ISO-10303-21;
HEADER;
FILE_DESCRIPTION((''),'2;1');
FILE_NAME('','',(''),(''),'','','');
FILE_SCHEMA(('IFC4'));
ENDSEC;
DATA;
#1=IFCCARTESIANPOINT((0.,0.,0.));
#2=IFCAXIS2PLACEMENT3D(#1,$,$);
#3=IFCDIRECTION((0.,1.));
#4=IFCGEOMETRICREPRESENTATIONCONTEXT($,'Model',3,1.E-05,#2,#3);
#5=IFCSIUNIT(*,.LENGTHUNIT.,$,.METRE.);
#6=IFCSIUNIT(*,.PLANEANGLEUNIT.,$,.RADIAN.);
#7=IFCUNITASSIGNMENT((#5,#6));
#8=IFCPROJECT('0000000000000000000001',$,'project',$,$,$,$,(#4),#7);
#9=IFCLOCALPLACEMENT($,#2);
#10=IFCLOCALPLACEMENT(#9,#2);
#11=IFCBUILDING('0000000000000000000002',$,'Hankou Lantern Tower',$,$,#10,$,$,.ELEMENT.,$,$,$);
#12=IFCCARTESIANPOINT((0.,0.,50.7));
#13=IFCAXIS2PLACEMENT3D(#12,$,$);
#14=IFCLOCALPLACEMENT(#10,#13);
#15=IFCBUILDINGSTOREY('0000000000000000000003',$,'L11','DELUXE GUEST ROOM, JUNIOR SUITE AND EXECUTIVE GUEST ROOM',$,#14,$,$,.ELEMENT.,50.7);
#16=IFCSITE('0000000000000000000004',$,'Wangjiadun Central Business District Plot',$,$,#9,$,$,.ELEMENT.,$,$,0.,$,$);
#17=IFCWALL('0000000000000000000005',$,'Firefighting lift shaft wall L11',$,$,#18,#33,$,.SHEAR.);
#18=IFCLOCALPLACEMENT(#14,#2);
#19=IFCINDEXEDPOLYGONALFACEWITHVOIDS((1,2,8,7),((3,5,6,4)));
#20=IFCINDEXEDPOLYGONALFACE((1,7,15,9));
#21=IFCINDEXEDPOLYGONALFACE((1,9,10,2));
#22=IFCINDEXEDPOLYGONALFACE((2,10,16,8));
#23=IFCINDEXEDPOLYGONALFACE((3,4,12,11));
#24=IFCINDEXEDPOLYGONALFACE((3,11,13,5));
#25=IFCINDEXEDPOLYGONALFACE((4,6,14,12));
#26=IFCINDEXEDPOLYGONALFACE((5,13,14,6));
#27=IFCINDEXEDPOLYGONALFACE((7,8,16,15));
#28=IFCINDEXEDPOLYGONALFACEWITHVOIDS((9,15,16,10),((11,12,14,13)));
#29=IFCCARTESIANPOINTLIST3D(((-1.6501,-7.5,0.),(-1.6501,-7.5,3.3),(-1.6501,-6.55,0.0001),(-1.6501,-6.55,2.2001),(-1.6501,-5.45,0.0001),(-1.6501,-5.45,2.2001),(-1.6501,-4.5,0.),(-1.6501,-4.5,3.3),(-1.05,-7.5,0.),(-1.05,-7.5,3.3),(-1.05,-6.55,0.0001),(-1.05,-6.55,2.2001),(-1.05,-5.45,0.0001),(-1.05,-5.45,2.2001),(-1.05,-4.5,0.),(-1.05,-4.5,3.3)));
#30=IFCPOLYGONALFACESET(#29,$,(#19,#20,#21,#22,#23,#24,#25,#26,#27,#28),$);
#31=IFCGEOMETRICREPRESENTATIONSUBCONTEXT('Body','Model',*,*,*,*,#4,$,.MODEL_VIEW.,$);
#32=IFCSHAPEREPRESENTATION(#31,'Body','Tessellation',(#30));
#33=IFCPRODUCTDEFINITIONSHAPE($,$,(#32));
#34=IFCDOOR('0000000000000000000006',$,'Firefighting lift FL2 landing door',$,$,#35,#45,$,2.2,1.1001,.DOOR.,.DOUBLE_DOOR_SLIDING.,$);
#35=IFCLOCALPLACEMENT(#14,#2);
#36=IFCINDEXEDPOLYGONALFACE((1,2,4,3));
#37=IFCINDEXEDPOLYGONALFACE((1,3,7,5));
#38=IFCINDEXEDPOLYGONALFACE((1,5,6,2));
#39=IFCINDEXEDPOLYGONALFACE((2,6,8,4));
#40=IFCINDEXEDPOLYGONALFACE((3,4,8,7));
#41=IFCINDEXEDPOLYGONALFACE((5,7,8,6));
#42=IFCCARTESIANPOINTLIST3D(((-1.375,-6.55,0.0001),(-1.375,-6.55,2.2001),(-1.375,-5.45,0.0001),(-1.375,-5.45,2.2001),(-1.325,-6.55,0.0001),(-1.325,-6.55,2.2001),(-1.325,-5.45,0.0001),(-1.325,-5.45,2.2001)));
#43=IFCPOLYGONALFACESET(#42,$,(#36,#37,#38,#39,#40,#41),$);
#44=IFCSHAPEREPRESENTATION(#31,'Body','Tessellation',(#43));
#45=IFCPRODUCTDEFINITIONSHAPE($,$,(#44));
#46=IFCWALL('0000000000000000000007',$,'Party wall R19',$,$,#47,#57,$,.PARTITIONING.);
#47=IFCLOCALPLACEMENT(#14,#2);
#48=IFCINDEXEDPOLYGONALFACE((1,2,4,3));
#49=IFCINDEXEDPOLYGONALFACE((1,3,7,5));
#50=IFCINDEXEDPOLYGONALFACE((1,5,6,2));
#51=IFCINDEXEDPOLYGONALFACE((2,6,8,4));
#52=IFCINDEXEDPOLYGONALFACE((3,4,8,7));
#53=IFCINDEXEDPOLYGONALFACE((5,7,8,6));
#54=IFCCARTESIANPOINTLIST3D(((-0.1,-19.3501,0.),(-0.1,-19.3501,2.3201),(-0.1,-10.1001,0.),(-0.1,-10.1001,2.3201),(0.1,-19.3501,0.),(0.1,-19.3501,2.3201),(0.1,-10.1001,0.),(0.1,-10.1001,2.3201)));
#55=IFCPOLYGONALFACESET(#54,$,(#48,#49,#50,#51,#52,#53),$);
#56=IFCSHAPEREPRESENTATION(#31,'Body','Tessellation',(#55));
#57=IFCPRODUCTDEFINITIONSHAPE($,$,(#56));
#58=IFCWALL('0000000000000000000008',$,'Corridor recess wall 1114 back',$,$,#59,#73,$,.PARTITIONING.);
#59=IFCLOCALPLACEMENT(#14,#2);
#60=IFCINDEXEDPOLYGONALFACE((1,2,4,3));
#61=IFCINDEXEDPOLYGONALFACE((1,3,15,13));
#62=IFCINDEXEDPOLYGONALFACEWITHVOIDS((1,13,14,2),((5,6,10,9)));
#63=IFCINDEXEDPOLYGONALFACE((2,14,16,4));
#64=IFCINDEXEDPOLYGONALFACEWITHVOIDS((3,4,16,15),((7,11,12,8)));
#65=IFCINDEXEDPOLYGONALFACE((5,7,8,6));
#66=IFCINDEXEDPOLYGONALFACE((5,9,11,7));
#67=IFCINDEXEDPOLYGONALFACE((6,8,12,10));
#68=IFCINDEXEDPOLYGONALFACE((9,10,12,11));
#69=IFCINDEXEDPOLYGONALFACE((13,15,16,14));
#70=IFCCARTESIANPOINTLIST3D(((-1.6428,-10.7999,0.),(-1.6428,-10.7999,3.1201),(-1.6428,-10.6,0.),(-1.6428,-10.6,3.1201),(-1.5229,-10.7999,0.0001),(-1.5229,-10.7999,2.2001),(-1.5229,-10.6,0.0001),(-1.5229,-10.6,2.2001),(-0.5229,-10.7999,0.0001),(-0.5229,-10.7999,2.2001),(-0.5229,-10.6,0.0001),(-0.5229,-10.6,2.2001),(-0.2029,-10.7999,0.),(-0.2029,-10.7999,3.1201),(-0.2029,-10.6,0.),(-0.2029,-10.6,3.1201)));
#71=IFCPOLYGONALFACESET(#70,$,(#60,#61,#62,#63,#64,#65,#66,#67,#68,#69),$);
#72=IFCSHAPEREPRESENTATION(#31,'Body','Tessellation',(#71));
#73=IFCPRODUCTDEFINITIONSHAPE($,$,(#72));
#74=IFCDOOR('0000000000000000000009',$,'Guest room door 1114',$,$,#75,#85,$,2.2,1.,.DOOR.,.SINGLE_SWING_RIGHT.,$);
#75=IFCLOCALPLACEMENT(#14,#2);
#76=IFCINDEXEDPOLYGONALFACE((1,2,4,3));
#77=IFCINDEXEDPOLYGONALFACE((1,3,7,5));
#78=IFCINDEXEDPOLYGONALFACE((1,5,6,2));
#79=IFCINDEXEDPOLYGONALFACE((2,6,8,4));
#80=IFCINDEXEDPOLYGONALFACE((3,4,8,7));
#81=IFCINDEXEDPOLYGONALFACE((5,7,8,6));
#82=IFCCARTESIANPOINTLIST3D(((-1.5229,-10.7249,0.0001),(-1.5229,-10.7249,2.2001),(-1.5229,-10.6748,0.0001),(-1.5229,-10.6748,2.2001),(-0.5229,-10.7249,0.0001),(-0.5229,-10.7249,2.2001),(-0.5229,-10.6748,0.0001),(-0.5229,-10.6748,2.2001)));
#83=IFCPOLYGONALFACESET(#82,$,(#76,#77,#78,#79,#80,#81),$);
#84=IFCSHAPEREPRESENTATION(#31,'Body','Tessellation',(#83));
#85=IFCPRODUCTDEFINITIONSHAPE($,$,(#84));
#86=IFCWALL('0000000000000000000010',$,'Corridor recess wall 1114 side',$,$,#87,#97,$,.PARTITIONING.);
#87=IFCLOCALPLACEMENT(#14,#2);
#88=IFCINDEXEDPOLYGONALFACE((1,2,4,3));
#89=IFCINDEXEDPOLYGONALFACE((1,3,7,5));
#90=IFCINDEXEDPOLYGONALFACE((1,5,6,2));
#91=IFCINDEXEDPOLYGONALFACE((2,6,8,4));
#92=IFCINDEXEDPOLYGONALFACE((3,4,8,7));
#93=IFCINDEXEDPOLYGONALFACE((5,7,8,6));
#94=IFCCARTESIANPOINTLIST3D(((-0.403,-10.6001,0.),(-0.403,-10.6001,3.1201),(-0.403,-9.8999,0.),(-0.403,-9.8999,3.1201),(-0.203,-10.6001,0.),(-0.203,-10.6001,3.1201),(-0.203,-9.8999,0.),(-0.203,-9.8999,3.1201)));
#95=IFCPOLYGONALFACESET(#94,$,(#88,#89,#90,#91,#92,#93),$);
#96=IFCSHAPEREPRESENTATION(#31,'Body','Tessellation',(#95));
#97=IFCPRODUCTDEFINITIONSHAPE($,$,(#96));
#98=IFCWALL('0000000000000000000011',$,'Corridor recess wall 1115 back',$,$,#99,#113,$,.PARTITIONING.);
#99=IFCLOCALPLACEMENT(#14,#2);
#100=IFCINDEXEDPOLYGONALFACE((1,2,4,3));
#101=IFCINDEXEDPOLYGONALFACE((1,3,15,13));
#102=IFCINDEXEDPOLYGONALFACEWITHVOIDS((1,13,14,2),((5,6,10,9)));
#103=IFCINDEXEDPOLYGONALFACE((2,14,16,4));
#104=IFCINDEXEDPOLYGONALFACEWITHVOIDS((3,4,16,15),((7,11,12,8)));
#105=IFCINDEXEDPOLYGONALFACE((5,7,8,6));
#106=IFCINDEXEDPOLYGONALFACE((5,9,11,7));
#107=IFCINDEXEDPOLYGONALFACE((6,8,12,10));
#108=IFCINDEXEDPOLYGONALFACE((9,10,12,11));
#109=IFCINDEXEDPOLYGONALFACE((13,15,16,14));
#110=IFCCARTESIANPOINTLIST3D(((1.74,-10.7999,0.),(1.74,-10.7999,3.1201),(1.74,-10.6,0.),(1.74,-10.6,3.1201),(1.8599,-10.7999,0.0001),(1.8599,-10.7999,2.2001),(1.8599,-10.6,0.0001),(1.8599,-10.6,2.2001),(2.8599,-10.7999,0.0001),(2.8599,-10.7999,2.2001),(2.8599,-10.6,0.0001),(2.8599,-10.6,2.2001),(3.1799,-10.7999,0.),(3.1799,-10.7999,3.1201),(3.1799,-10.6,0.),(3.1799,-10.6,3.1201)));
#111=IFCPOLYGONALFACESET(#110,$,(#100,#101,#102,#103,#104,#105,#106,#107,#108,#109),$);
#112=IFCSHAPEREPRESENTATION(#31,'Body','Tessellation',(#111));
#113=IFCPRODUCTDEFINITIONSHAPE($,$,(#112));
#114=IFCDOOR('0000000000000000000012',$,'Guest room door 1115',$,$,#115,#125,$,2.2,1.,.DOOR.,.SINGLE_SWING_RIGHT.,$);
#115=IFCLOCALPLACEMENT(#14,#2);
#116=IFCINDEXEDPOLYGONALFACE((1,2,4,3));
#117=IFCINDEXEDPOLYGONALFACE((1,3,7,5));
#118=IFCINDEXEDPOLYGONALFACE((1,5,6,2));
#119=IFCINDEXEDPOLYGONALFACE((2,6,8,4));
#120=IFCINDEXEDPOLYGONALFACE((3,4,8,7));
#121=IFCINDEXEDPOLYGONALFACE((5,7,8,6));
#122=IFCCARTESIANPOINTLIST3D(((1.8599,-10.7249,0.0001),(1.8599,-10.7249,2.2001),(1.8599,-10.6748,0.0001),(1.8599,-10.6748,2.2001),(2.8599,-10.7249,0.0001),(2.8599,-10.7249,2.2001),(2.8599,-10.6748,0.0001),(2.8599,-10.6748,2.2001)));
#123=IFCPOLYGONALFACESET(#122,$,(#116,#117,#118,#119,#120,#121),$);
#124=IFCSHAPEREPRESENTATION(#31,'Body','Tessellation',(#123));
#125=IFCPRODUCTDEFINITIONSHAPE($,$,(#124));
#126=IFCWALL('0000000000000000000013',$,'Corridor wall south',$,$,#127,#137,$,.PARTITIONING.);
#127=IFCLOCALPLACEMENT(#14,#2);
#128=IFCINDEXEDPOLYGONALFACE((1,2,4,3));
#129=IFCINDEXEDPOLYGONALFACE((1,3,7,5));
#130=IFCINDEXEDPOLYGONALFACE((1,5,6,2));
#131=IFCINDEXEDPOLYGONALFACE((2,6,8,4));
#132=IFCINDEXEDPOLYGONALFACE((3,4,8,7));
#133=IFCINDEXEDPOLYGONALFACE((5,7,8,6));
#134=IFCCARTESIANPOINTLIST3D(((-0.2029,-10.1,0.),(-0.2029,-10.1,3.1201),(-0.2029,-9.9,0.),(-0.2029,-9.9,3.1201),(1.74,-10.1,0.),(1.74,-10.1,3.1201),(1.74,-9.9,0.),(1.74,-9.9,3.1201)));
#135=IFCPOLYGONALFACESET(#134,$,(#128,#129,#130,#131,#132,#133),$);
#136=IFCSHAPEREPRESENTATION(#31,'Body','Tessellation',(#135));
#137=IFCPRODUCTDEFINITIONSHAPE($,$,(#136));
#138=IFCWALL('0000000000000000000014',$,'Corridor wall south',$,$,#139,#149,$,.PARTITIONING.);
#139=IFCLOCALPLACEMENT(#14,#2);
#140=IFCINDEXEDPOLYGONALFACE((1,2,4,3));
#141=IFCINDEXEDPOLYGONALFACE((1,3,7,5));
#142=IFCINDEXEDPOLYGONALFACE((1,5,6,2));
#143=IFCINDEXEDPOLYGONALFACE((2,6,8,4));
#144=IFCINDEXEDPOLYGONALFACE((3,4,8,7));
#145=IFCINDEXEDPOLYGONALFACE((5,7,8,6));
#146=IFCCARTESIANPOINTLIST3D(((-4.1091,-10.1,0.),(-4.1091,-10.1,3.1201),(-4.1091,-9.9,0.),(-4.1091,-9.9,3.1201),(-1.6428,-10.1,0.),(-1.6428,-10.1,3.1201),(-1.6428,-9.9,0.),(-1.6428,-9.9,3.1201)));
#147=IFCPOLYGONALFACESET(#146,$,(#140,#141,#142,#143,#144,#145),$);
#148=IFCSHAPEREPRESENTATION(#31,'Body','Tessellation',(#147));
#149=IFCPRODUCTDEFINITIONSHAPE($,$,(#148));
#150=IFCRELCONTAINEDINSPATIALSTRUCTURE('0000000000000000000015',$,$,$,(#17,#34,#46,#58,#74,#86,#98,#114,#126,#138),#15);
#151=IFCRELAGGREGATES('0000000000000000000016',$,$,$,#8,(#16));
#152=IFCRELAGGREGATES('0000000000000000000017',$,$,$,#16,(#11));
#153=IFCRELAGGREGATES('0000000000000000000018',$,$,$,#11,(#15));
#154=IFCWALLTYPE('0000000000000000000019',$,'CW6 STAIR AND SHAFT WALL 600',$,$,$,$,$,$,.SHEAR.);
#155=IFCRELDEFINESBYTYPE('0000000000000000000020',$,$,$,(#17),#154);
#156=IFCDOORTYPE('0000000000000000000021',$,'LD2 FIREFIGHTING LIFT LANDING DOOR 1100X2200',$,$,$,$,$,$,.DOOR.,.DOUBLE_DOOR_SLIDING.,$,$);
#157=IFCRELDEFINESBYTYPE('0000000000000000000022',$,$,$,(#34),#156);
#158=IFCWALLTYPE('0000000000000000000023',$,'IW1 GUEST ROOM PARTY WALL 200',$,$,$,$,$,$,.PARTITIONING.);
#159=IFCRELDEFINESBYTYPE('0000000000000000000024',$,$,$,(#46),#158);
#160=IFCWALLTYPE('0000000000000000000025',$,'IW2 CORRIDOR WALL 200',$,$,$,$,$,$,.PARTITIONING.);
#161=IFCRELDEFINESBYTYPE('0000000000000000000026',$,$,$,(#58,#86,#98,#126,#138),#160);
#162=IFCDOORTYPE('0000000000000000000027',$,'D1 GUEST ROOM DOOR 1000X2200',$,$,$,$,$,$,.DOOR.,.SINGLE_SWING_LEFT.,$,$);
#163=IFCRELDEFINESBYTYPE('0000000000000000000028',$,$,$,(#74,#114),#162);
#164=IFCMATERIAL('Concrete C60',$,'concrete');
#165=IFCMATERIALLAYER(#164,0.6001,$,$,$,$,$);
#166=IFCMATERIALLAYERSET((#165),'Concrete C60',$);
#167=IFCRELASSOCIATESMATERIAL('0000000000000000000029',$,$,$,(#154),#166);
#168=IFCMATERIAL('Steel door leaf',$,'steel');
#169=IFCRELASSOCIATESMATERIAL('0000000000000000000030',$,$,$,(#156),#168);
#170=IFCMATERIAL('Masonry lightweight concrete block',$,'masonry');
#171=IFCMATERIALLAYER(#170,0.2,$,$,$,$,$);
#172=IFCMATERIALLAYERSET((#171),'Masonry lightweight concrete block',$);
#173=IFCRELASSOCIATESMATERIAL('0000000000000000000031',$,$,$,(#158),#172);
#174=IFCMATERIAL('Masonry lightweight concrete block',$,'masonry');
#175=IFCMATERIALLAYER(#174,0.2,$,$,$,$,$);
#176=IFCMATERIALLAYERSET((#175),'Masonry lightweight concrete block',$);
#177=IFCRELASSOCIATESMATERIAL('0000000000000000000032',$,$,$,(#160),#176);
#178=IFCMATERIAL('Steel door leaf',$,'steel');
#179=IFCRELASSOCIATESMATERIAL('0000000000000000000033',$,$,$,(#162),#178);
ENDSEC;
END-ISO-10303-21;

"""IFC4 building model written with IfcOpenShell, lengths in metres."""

from ifc_helpers import new_model, si_unit, direction, frame, frame_2d, origin, place, context, subcontext, project, spatial, rectangle, extrude, material, layer, layer_set, type_object, element, fill, save


model = new_model("IFC4")

# Units and contexts
model_context = context("Model", 3, precision=1e-05, world=origin(), true_north=direction((0.0, 1.0)))
body_context = subcontext(model_context, "Body", "Model", "MODEL_VIEW")
ifc_project = project(units=[si_unit("LENGTHUNIT", "METRE"), si_unit("PLANEANGLEUNIT", "RADIAN")], contexts=[model_context])

# Site, building, storey
site_placement = place(None, origin())
site = spatial("IfcSite", under=ifc_project, at=site_placement, Name="Wangjiadun Central Business District Plot", CompositionType="ELEMENT", RefElevation=0.0)
building_placement = place(site_placement, origin())
building = spatial("IfcBuilding", under=site, at=building_placement, Name="Hankou Lantern Tower", CompositionType="ELEMENT")
storey_placement = place(building_placement, frame((0.0, 0.0, 50.7)))
storey = spatial("IfcBuildingStorey", under=building, at=storey_placement, Name="L11", Description="DELUXE GUEST ROOM, JUNIOR SUITE AND EXECUTIVE GUEST ROOM", CompositionType="ELEMENT", Elevation=50.7)

# Wall, opening, door
ifc_material_1 = material(Name="Concrete C60", Category="concrete")
ifc_layer_1 = layer(ifc_material_1, 0.6001)
ifc_layer_set_1 = layer_set([ifc_layer_1], Name="Concrete C60")
wall_type_1 = type_object("IfcWallType", Name="CW6 STAIR AND SHAFT WALL 600", PredefinedType="SHEAR", material=ifc_layer_set_1)
wall_1_placement = place(storey_placement, frame((-1.3501, -7.5, 0.0), z_axis=(0.0, 0.0, 1.0), x_axis=(0.0, 1.0, 0.0)))
wall_1 = element("IfcWall", 1, at=wall_1_placement, inside=storey, type_object=wall_type_1, Name="Firefighting lift shaft wall L11", PredefinedType="SHEAR", context=body_context, shape_type="SweptSolid", body=[
    extrude(rectangle(XDim=3.0, YDim=0.6001, at=frame_2d((1.5, 0.0))), origin(), (0.0, 0.0, 1.0), 3.3),
])
opening_1_placement = place(wall_1_placement, frame((0.95, 0.0, 0.0)))
opening_1 = element("IfcOpeningElement", 2, at=opening_1_placement, cuts=wall_1, PredefinedType="OPENING", context=body_context, shape_type="SweptSolid", body=[
    extrude(rectangle(XDim=1.1001, YDim=2.2, at=frame_2d((0.55, 1.1001))), frame((0.0, 0.3101, 0.0), z_axis=(0.0, -1.0, 0.0), x_axis=(1.0, 0.0, 0.0)), (0.0, 0.0, 1.0), 0.6201),
])
ifc_material_2 = material(Name="Steel door leaf", Category="steel")
door_type_1 = type_object("IfcDoorType", Name="LD2 FIREFIGHTING LIFT LANDING DOOR 1100X2200", OperationType="DOUBLE_DOOR_SLIDING", PredefinedType="DOOR", material=ifc_material_2)
door_1_placement = place(opening_1_placement, origin())
door_1 = element("IfcDoor", 3, at=door_1_placement, inside=storey, type_object=door_type_1, Name="Firefighting lift FL2 landing door", OperationType="DOUBLE_DOOR_SLIDING", OverallHeight=2.2, OverallWidth=1.1001, PredefinedType="DOOR", context=body_context, shape_type="SweptSolid", body=[
    extrude(rectangle(XDim=1.1001, YDim=2.2, at=frame_2d((0.55, 1.1001))), frame((0.0, 0.0249, 0.0), z_axis=(0.0, -1.0, 0.0), x_axis=(1.0, 0.0, 0.0)), (0.0, 0.0, 1.0), 0.05),
])
fill(opening_1, door_1)

# Wall
ifc_material_3 = material(Name="Masonry lightweight concrete block", Category="masonry")
ifc_layer_2 = layer(ifc_material_3, 0.2)
ifc_layer_set_2 = layer_set([ifc_layer_2], Name="Masonry lightweight concrete block")
wall_type_2 = type_object("IfcWallType", Name="IW1 GUEST ROOM PARTY WALL 200", PredefinedType="PARTITIONING", material=ifc_layer_set_2)
wall_2_placement = place(storey_placement, frame((0.0, -10.1001, 0.0), z_axis=(0.0, 0.0, 1.0), x_axis=(0.0, -1.0, 0.0)))
element("IfcWall", 4, at=wall_2_placement, inside=storey, type_object=wall_type_2, Name="Party wall R19", PredefinedType="PARTITIONING", context=body_context, shape_type="SweptSolid", body=[
    extrude(rectangle(XDim=9.25, YDim=0.2, at=frame_2d((4.625, 0.0))), origin(), (0.0, 0.0, 1.0), 2.3201),
])

# Wall, opening, door
ifc_material_4 = material(Name="Masonry lightweight concrete block", Category="masonry")
ifc_layer_3 = layer(ifc_material_4, 0.2)
ifc_layer_set_3 = layer_set([ifc_layer_3], Name="Masonry lightweight concrete block")
wall_type_3 = type_object("IfcWallType", Name="IW2 CORRIDOR WALL 200", PredefinedType="PARTITIONING", material=ifc_layer_set_3)
wall_3_placement = place(storey_placement, frame((-0.2029, -10.7, 0.0), z_axis=(0.0, 0.0, 1.0), x_axis=(-1.0, 0.0, 0.0)))
wall_3 = element("IfcWall", 5, at=wall_3_placement, inside=storey, type_object=wall_type_3, Name="Corridor recess wall 1114 back", PredefinedType="PARTITIONING", context=body_context, shape_type="SweptSolid", body=[
    extrude(rectangle(XDim=1.4399, YDim=0.2, at=frame_2d((0.72, 0.0))), origin(), (0.0, 0.0, 1.0), 3.1201),
])
opening_2_placement = place(wall_3_placement, frame((0.3201, 0.0, 0.0)))
opening_2 = element("IfcOpeningElement", 6, at=opening_2_placement, cuts=wall_3, PredefinedType="OPENING", context=body_context, shape_type="SweptSolid", body=[
    extrude(rectangle(XDim=1.0, YDim=2.2, at=frame_2d((0.5, 1.1001))), frame((0.0, 0.1099, 0.0), z_axis=(0.0, -1.0, 0.0), x_axis=(1.0, 0.0, 0.0)), (0.0, 0.0, 1.0), 0.22),
])
ifc_material_5 = material(Name="Steel door leaf", Category="steel")
door_type_2 = type_object("IfcDoorType", Name="D1 GUEST ROOM DOOR 1000X2200", OperationType="SINGLE_SWING_LEFT", PredefinedType="DOOR", material=ifc_material_5)
door_2_placement = place(opening_2_placement, origin())
door_2 = element("IfcDoor", 7, at=door_2_placement, inside=storey, type_object=door_type_2, Name="Guest room door 1114", OperationType="SINGLE_SWING_RIGHT", OverallHeight=2.2, OverallWidth=1.0, PredefinedType="DOOR", context=body_context, shape_type="SweptSolid", body=[
    extrude(rectangle(XDim=1.0, YDim=2.2, at=frame_2d((0.5, 1.1001))), frame((0.0, 0.0249, 0.0), z_axis=(0.0, -1.0, 0.0), x_axis=(1.0, 0.0, 0.0)), (0.0, 0.0, 1.0), 0.05),
])
fill(opening_2, door_2)

# Wall
wall_4_placement = place(storey_placement, frame((-0.303, -9.8999, 0.0), z_axis=(0.0, 0.0, 1.0), x_axis=(0.0, -1.0, 0.0)))
element("IfcWall", 8, at=wall_4_placement, inside=storey, type_object=wall_type_3, Name="Corridor recess wall 1114 side", PredefinedType="PARTITIONING", context=body_context, shape_type="SweptSolid", body=[
    extrude(rectangle(XDim=0.7002, YDim=0.2, at=frame_2d((0.3501, 0.0))), origin(), (0.0, 0.0, 1.0), 3.1201),
])

# Wall, opening, door
wall_5_placement = place(storey_placement, frame((3.1799, -10.7, 0.0), z_axis=(0.0, 0.0, 1.0), x_axis=(-1.0, 0.0, 0.0)))
wall_5 = element("IfcWall", 9, at=wall_5_placement, inside=storey, type_object=wall_type_3, Name="Corridor recess wall 1115 back", PredefinedType="PARTITIONING", context=body_context, shape_type="SweptSolid", body=[
    extrude(rectangle(XDim=1.4399, YDim=0.2, at=frame_2d((0.72, 0.0))), origin(), (0.0, 0.0, 1.0), 3.1201),
])
opening_3_placement = place(wall_5_placement, frame((0.3201, 0.0, 0.0)))
opening_3 = element("IfcOpeningElement", 10, at=opening_3_placement, cuts=wall_5, PredefinedType="OPENING", context=body_context, shape_type="SweptSolid", body=[
    extrude(rectangle(XDim=1.0, YDim=2.2, at=frame_2d((0.5, 1.1001))), frame((0.0, 0.1099, 0.0), z_axis=(0.0, -1.0, 0.0), x_axis=(1.0, 0.0, 0.0)), (0.0, 0.0, 1.0), 0.22),
])
door_3_placement = place(opening_3_placement, origin())
door_3 = element("IfcDoor", 11, at=door_3_placement, inside=storey, type_object=door_type_2, Name="Guest room door 1115", OperationType="SINGLE_SWING_RIGHT", OverallHeight=2.2, OverallWidth=1.0, PredefinedType="DOOR", context=body_context, shape_type="SweptSolid", body=[
    extrude(rectangle(XDim=1.0, YDim=2.2, at=frame_2d((0.5, 1.1001))), frame((0.0, 0.0249, 0.0), z_axis=(0.0, -1.0, 0.0), x_axis=(1.0, 0.0, 0.0)), (0.0, 0.0, 1.0), 0.05),
])
fill(opening_3, door_3)

# Walls
wall_6_placement = place(storey_placement, frame((1.74, -10.0, 0.0), z_axis=(0.0, 0.0, 1.0), x_axis=(-1.0, 0.0, 0.0)))
element("IfcWall", 12, at=wall_6_placement, inside=storey, type_object=wall_type_3, Name="Corridor wall south", PredefinedType="PARTITIONING", context=body_context, shape_type="SweptSolid", body=[
    extrude(rectangle(XDim=1.9429, YDim=0.2, at=frame_2d((0.9714, 0.0))), origin(), (0.0, 0.0, 1.0), 3.1201),
])
wall_7_placement = place(storey_placement, frame((-1.6428, -10.0, 0.0), z_axis=(0.0, 0.0, 1.0), x_axis=(-1.0, 0.0, 0.0)))
element("IfcWall", 13, at=wall_7_placement, inside=storey, type_object=wall_type_3, Name="Corridor wall south", PredefinedType="PARTITIONING", context=body_context, shape_type="SweptSolid", body=[
    extrude(rectangle(XDim=2.4663, YDim=0.2, at=frame_2d((1.2332, 0.0))), origin(), (0.0, 0.0, 1.0), 3.1201),
])

save(model, "model.ifc")
